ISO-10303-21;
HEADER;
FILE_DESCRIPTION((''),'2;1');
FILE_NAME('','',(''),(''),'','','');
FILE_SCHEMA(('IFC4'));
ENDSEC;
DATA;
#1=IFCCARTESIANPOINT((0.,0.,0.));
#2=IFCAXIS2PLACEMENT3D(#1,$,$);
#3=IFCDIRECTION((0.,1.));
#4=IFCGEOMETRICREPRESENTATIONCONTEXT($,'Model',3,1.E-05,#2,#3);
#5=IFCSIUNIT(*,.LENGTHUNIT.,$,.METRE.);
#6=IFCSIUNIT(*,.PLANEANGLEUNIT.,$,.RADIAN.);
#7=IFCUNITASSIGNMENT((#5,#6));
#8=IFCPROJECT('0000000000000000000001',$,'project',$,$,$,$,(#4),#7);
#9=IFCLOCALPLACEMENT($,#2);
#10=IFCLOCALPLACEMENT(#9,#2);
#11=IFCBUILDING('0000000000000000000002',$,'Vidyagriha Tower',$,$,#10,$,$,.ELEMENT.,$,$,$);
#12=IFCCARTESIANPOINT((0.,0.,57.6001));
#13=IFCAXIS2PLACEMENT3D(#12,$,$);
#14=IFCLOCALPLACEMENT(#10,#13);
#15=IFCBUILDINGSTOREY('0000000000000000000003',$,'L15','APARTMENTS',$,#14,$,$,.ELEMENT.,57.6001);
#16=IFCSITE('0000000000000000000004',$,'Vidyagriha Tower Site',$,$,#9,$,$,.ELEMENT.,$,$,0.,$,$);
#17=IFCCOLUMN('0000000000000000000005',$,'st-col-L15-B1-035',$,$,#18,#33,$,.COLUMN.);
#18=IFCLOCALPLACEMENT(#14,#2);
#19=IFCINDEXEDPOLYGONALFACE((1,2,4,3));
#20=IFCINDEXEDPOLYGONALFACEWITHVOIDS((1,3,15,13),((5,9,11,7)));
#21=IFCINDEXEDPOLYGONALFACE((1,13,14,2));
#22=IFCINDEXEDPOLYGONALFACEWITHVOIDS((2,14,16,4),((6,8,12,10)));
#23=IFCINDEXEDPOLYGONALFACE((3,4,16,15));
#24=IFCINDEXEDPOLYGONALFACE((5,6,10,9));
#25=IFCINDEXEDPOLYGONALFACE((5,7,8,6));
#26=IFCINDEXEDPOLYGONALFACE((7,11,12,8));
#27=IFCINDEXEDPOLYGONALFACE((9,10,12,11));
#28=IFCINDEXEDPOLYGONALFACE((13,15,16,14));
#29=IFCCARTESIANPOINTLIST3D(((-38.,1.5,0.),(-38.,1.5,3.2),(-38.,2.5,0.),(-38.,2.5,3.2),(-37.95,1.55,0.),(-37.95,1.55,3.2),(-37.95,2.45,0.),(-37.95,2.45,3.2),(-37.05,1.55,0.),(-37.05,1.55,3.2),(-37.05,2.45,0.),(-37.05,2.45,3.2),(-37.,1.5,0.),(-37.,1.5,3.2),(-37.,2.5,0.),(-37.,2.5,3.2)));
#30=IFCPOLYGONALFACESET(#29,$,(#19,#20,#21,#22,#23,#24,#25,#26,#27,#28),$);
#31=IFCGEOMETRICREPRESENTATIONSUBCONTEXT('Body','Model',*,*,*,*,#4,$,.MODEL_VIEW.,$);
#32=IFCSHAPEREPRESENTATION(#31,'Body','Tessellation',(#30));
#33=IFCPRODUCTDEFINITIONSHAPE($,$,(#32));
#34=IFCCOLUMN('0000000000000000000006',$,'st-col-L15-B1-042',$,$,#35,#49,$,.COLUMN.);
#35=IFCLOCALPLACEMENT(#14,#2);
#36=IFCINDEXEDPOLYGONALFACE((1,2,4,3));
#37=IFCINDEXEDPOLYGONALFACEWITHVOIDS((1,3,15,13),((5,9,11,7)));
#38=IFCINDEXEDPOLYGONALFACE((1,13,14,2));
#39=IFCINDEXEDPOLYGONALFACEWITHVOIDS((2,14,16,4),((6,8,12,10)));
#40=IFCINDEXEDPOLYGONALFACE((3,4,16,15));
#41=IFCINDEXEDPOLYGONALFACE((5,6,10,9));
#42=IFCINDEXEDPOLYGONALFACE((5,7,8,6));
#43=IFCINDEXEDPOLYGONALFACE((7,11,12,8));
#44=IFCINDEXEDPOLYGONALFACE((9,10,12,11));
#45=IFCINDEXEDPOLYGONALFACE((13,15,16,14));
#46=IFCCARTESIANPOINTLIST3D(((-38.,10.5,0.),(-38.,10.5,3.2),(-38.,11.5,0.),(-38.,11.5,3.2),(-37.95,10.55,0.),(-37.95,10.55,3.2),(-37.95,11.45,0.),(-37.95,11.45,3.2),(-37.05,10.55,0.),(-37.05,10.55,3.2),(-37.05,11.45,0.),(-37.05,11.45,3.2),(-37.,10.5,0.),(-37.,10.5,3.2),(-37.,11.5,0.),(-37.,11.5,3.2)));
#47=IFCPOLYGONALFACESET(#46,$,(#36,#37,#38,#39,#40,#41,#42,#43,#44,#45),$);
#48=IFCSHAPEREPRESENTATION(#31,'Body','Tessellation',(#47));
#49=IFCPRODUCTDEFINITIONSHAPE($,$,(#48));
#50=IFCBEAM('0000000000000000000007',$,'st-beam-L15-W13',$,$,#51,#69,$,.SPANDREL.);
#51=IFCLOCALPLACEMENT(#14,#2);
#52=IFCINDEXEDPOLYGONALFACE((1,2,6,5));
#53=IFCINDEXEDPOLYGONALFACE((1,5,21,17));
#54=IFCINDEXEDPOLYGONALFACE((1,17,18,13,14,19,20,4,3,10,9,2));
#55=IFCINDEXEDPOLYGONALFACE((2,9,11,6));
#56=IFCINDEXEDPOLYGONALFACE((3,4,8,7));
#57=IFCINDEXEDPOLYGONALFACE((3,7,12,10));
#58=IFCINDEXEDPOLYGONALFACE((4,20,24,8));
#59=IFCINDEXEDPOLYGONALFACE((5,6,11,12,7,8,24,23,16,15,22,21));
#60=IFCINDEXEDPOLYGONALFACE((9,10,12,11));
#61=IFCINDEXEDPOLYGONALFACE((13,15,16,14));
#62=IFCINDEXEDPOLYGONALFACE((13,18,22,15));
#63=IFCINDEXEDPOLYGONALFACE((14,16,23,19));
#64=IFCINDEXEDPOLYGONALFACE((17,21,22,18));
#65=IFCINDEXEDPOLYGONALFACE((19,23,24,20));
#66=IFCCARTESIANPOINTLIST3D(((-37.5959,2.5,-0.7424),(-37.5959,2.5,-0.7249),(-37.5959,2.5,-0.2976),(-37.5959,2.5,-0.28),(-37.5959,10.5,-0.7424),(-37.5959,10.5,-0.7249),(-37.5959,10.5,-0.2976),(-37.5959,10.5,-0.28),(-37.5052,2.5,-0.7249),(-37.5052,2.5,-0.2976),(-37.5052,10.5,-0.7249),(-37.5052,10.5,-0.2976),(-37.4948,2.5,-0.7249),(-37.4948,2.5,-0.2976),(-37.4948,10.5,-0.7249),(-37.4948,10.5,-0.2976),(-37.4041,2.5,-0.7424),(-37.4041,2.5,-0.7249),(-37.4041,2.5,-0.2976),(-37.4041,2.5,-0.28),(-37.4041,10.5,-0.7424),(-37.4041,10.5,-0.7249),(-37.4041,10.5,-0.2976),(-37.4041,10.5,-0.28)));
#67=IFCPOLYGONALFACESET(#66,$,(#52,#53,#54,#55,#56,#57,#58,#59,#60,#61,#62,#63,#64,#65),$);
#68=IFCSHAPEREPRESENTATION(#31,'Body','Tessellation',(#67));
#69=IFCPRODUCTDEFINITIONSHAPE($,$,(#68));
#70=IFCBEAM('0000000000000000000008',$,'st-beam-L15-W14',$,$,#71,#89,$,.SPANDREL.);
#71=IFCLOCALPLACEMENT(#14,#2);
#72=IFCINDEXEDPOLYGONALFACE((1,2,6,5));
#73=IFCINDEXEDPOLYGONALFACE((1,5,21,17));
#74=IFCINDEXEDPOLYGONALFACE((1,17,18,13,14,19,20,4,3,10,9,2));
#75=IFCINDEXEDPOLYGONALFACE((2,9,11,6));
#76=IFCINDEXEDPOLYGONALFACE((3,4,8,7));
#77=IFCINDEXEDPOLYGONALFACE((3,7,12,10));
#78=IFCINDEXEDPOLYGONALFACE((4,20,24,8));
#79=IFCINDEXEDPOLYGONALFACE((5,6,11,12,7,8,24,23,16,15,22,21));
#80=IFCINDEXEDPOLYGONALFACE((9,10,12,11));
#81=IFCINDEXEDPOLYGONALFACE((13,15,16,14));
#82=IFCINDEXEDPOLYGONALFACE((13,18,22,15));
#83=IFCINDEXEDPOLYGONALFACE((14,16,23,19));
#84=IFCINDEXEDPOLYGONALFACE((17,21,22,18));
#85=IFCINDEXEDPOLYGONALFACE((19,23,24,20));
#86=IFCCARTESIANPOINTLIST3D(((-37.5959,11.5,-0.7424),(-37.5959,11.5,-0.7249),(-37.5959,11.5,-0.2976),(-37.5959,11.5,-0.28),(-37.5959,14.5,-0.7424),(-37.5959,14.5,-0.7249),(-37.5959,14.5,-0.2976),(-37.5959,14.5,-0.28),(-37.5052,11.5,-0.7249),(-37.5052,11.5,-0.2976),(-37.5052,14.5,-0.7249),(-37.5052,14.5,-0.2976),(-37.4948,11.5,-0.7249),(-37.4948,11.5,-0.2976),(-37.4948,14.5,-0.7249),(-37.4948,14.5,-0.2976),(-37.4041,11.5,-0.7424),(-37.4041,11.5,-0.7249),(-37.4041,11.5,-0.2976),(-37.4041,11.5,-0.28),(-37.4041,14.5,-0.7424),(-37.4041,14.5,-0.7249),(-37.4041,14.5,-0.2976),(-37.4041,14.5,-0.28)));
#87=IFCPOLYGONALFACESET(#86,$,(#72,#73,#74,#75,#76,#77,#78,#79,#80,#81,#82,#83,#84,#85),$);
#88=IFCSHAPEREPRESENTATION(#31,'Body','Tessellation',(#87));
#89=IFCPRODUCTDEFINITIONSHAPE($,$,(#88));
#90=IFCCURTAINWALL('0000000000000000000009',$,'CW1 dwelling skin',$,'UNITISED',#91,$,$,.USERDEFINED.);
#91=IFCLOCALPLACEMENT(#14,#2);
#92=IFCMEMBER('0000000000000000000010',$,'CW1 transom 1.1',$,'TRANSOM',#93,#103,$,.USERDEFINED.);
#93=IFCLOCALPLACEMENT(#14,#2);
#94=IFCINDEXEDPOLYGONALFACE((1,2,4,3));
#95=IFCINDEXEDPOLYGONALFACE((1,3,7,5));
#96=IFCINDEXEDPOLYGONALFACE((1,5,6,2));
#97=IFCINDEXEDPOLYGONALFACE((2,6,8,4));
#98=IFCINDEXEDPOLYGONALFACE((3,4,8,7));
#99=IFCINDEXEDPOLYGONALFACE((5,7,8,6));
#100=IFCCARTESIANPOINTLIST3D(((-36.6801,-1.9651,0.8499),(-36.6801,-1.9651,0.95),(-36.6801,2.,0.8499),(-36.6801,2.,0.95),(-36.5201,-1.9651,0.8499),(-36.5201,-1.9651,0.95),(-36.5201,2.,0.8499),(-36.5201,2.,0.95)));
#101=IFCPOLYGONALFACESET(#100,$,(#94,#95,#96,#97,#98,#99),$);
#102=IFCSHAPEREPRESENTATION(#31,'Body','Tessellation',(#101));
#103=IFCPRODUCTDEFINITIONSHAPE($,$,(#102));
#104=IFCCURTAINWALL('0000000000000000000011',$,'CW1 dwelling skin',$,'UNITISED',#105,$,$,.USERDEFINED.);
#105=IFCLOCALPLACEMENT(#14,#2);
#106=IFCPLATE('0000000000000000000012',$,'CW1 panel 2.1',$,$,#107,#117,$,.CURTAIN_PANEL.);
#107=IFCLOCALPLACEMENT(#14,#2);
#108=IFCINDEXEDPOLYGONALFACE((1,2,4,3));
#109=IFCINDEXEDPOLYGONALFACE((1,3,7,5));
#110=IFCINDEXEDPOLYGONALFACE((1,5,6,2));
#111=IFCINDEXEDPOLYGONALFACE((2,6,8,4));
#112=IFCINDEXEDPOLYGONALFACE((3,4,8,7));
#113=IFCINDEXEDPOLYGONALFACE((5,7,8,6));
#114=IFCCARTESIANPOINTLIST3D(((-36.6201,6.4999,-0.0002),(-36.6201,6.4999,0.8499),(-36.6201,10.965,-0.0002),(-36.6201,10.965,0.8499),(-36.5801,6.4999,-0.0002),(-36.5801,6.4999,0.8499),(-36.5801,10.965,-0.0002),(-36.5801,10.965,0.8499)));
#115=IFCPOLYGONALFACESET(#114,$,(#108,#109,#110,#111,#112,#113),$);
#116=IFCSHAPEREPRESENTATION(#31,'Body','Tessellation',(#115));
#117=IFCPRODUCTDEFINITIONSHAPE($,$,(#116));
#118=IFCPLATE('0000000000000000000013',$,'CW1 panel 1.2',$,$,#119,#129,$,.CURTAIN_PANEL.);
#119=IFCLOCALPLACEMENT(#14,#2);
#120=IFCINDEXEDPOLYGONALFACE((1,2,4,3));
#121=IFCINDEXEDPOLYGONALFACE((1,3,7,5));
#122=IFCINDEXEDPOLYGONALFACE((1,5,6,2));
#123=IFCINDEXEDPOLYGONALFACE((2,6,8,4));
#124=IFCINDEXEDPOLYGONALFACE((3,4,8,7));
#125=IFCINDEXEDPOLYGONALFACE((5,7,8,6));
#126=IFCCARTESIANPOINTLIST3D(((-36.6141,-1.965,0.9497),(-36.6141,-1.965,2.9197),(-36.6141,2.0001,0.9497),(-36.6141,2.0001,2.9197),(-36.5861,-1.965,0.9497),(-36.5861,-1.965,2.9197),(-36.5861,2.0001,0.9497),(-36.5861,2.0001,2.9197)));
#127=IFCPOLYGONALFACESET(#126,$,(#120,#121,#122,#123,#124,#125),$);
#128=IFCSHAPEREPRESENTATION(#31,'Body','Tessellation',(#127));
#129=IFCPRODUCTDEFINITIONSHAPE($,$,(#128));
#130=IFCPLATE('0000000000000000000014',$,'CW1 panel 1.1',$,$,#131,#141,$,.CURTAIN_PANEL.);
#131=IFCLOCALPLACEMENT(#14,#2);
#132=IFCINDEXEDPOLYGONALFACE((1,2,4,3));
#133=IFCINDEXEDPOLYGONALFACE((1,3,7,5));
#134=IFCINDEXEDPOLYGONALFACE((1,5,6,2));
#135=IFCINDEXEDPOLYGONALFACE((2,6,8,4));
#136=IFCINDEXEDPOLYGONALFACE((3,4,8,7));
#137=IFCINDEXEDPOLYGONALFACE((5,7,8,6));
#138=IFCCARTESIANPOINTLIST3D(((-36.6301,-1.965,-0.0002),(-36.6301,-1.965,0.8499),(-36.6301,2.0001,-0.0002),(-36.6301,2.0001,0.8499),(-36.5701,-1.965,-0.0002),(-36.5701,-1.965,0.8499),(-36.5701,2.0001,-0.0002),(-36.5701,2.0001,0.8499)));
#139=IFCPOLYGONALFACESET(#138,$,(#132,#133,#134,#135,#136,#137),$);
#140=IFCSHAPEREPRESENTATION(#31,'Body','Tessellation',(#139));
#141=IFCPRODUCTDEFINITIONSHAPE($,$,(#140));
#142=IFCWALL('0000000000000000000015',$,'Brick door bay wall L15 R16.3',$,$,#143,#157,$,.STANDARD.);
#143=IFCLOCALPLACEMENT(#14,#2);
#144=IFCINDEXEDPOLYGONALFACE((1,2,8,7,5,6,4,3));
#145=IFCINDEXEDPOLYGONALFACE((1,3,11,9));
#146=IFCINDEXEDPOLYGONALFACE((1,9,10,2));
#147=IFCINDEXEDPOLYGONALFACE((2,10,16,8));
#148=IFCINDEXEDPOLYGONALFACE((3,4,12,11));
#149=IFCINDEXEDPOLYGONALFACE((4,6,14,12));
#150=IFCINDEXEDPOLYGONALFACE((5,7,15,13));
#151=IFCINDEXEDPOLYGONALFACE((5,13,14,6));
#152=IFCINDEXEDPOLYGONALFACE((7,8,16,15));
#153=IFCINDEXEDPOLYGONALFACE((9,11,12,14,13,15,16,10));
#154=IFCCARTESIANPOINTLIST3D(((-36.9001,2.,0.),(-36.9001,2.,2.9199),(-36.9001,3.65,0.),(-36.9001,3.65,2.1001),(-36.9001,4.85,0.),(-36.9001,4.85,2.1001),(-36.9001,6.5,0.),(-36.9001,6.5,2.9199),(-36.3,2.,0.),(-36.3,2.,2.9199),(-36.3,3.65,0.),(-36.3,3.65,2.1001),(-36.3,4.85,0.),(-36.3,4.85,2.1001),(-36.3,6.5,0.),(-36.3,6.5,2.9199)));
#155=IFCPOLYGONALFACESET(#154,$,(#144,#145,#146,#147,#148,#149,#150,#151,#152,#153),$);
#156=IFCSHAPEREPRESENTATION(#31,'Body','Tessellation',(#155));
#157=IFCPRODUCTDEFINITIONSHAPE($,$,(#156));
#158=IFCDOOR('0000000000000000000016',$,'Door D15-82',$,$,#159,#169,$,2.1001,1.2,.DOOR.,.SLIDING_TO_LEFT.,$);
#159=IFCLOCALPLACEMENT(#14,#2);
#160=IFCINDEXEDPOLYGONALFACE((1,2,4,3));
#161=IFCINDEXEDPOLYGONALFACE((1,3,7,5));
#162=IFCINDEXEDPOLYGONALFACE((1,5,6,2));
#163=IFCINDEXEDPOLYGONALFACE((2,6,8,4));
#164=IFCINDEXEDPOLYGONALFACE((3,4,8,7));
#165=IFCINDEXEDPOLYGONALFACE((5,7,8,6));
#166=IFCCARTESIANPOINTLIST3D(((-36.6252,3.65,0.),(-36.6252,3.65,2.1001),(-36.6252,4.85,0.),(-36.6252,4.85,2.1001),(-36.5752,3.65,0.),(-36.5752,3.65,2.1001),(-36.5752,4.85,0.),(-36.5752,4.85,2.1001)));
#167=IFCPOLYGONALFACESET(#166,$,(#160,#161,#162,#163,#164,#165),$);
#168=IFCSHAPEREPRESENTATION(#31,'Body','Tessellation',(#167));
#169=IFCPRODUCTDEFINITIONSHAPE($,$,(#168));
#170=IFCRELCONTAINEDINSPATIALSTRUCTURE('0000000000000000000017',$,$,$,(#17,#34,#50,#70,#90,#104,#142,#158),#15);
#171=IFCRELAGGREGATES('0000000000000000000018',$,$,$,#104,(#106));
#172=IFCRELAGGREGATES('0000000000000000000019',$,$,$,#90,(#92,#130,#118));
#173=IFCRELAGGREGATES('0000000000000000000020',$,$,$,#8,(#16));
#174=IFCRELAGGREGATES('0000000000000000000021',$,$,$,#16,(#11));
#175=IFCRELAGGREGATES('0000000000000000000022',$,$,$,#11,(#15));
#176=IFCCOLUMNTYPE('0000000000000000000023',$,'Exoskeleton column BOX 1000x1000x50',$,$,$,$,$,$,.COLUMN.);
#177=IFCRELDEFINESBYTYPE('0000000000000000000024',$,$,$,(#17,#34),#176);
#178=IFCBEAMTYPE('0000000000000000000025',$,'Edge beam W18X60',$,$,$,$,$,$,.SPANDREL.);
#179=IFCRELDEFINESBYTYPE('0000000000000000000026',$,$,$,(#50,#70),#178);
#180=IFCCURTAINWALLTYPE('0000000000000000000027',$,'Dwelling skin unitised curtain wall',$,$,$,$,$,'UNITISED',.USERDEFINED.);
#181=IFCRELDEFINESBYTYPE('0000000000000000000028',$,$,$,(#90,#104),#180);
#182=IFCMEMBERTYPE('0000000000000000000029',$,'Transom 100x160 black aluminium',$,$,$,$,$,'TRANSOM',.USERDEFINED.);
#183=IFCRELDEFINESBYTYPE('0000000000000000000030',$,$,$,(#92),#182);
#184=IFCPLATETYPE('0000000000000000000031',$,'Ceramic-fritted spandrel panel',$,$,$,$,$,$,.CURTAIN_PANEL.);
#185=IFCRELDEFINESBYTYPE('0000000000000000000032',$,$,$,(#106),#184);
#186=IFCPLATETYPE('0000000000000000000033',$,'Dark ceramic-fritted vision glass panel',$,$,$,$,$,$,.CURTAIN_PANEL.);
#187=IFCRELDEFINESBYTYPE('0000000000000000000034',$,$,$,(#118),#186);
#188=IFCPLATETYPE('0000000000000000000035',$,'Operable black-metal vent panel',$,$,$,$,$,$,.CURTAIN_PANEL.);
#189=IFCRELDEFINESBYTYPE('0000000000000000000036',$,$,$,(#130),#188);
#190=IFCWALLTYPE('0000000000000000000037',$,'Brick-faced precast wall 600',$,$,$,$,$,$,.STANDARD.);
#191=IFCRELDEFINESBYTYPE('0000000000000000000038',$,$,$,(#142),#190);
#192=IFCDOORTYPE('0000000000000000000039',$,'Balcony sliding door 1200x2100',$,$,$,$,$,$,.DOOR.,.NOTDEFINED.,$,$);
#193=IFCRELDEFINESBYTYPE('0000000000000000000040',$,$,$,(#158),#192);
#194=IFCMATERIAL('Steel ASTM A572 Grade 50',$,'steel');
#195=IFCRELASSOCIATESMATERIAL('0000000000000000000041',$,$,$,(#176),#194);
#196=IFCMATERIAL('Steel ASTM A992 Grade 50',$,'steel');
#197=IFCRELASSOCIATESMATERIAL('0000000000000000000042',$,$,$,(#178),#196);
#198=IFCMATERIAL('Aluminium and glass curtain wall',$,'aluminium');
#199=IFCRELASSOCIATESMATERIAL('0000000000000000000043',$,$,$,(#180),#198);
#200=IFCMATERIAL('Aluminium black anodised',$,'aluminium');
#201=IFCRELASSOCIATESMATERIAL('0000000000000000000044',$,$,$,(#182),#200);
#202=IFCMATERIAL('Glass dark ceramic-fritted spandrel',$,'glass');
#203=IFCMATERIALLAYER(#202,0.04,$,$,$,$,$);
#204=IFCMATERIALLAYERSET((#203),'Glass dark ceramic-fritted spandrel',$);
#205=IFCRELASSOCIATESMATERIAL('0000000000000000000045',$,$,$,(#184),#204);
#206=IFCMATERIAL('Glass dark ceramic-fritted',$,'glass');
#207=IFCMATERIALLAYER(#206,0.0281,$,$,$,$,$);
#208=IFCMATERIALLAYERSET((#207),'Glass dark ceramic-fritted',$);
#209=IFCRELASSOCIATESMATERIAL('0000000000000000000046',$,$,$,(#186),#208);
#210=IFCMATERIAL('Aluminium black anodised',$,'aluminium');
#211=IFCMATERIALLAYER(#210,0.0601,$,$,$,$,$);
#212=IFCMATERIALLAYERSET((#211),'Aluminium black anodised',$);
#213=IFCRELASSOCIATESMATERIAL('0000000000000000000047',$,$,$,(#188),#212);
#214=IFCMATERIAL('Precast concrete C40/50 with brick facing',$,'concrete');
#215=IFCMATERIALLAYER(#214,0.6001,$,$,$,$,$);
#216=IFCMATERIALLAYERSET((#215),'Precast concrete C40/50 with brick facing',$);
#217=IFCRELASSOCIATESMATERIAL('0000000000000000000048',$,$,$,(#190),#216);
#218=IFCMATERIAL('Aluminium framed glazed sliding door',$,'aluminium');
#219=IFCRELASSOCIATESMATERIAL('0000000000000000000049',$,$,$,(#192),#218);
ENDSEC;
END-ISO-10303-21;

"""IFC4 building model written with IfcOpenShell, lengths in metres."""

from ifc_helpers import new_model, si_unit, direction, frame, frame_2d, origin, origin_2d, place, context, subcontext, project, spatial, rectangle, hollow_rectangle, i_section, extrude, material, layer, layer_set, material_profile, profile_set, type_object, element, fill, aggregate, save


model = new_model("IFC4")

# Units and contexts
model_context = context("Model", 3, precision=1e-05, world=origin(), true_north=direction((0.0, 1.0)))
body_context = subcontext(model_context, "Body", "Model", "MODEL_VIEW")
ifc_project = project(units=[si_unit("LENGTHUNIT", "METRE"), si_unit("PLANEANGLEUNIT", "RADIAN")], contexts=[model_context])

# Site, building, storey
site_placement = place(None, origin())
site = spatial("IfcSite", under=ifc_project, at=site_placement, Name="Vidyagriha Tower Site", CompositionType="ELEMENT", RefElevation=0.0)
building_placement = place(site_placement, origin())
building = spatial("IfcBuilding", under=site, at=building_placement, Name="Vidyagriha Tower", CompositionType="ELEMENT")
storey_placement = place(building_placement, frame((0.0, 0.0, 57.6001)))
storey = spatial("IfcBuildingStorey", under=building, at=storey_placement, Name="L15", Description="APARTMENTS", CompositionType="ELEMENT", Elevation=57.6001)

# Columns
ifc_material_1 = material(Name="Steel ASTM A572 Grade 50", Category="steel")
ifc_material_profile_1 = material_profile(ifc_material_1, hollow_rectangle(XDim=1.0, YDim=1.0, WallThickness=0.05, at=origin_2d()), Name="BOX 1000x1000x50")
ifc_profile_set_1 = profile_set([ifc_material_profile_1], Name="Steel ASTM A572 Grade 50")
column_type = type_object("IfcColumnType", Name="Exoskeleton column BOX 1000x1000x50", PredefinedType="COLUMN", material=ifc_profile_set_1)
for number, where, name in (
    (1, (-37.5, 2.0, 0.0), "st-col-L15-B1-035"),
    (2, (-37.5, 11.0, 0.0), "st-col-L15-B1-042"),
):
    element("IfcColumn", number, at=place(storey_placement, frame(where)), inside=storey, type_object=column_type, Name=name, PredefinedType="COLUMN", context=body_context, shape_type="SweptSolid", body=[
        extrude(hollow_rectangle(XDim=1.0, YDim=1.0, WallThickness=0.05, at=origin_2d()), origin(), (0.0, 0.0, 1.0), 3.2),
    ])

# Beams
ifc_material_2 = material(Name="Steel ASTM A992 Grade 50", Category="steel")
ifc_material_profile_2 = material_profile(ifc_material_2, i_section(OverallWidth=0.1919, OverallDepth=0.4624, WebThickness=0.0105, FlangeThickness=0.0176, at=origin_2d()), Name="W18X60")
ifc_profile_set_2 = profile_set([ifc_material_profile_2], Name="Steel ASTM A992 Grade 50")
beam_type = type_object("IfcBeamType", Name="Edge beam W18X60", PredefinedType="SPANDREL", material=ifc_profile_set_2)
beam_1_placement = place(storey_placement, frame((-37.5, 2.5, -0.5112), z_axis=(0.0, 1.0, 0.0), x_axis=(-1.0, 0.0, 0.0)))
element("IfcBeam", 3, at=beam_1_placement, inside=storey, type_object=beam_type, Name="st-beam-L15-W13", PredefinedType="SPANDREL", context=body_context, shape_type="SweptSolid", body=[
    extrude(i_section(OverallWidth=0.1919, OverallDepth=0.4624, WebThickness=0.0105, FlangeThickness=0.0176, at=origin_2d()), origin(), (0.0, 0.0, 1.0), 8.0),
])
beam_2_placement = place(storey_placement, frame((-37.5, 11.5, -0.5112), z_axis=(0.0, 1.0, 0.0), x_axis=(-1.0, 0.0, 0.0)))
element("IfcBeam", 4, at=beam_2_placement, inside=storey, type_object=beam_type, Name="st-beam-L15-W14", PredefinedType="SPANDREL", context=body_context, shape_type="SweptSolid", body=[
    extrude(i_section(OverallWidth=0.1919, OverallDepth=0.4624, WebThickness=0.0105, FlangeThickness=0.0176, at=origin_2d()), origin(), (0.0, 0.0, 1.0), 3.0),
])

# Curtain wall, member
ifc_material_3 = material(Name="Aluminium and glass curtain wall", Category="aluminium")
curtain_wall_type = type_object("IfcCurtainWallType", Name="Dwelling skin unitised curtain wall", ElementType="UNITISED", PredefinedType="USERDEFINED", material=ifc_material_3)
curtain_wall_1_placement = place(storey_placement, origin())
curtain_wall_1 = element("IfcCurtainWall", 5, at=curtain_wall_1_placement, inside=storey, type_object=curtain_wall_type, Name="CW1 dwelling skin", ObjectType="UNITISED", PredefinedType="USERDEFINED")
ifc_material_4 = material(Name="Aluminium black anodised", Category="aluminium")
ifc_material_profile_3 = material_profile(ifc_material_4, rectangle(XDim=0.1599, YDim=0.1001, at=origin_2d()), Name="Transom 100x160 black aluminium")
ifc_profile_set_3 = profile_set([ifc_material_profile_3], Name="Aluminium black anodised")
member_type = type_object("IfcMemberType", Name="Transom 100x160 black aluminium", ElementType="TRANSOM", PredefinedType="USERDEFINED", material=ifc_profile_set_3)
member_placement = place(storey_placement, frame((-36.6001, 2.0, 0.8999), z_axis=(0.0, -1.0, 0.0), x_axis=(1.0, 0.0, 0.0)))
member = element("IfcMember", 6, at=member_placement, type_object=member_type, Name="CW1 transom 1.1", ObjectType="TRANSOM", PredefinedType="USERDEFINED", context=body_context, shape_type="SweptSolid", body=[
    extrude(rectangle(XDim=0.1599, YDim=0.1001, at=origin_2d()), origin(), (0.0, 0.0, 1.0), 3.9651),
])

# Curtain wall, plate
curtain_wall_2_placement = place(storey_placement, origin())
curtain_wall_2 = element("IfcCurtainWall", 7, at=curtain_wall_2_placement, inside=storey, type_object=curtain_wall_type, Name="CW1 dwelling skin", ObjectType="UNITISED", PredefinedType="USERDEFINED")
ifc_material_5 = material(Name="Glass dark ceramic-fritted spandrel", Category="glass")
ifc_layer_1 = layer(ifc_material_5, 0.04)
ifc_layer_set_1 = layer_set([ifc_layer_1], Name="Glass dark ceramic-fritted spandrel")
plate_type_1 = type_object("IfcPlateType", Name="Ceramic-fritted spandrel panel", PredefinedType="CURTAIN_PANEL", material=ifc_layer_set_1)
plate_1_placement = place(storey_placement, frame((-36.6001, 8.7324, -0.0002), z_axis=(0.0, 0.0, 1.0), x_axis=(0.0, -1.0, 0.0)))
plate_1 = element("IfcPlate", 8, at=plate_1_placement, type_object=plate_type_1, Name="CW1 panel 2.1", PredefinedType="CURTAIN_PANEL", context=body_context, shape_type="SweptSolid", body=[
    extrude(rectangle(XDim=4.4651, YDim=0.04, at=origin_2d()), origin(), (0.0, 0.0, 1.0), 0.8501),
])
aggregate(curtain_wall_2, [plate_1])

# Plates
ifc_material_6 = material(Name="Glass dark ceramic-fritted", Category="glass")
ifc_layer_2 = layer(ifc_material_6, 0.0281)
ifc_layer_set_2 = layer_set([ifc_layer_2], Name="Glass dark ceramic-fritted")
plate_type_2 = type_object("IfcPlateType", Name="Dark ceramic-fritted vision glass panel", PredefinedType="CURTAIN_PANEL", material=ifc_layer_set_2)
plate_2_placement = place(storey_placement, frame((-36.6001, 0.0176, 0.9497), z_axis=(0.0, 0.0, 1.0), x_axis=(0.0, -1.0, 0.0)))
plate_2 = element("IfcPlate", 9, at=plate_2_placement, type_object=plate_type_2, Name="CW1 panel 1.2", PredefinedType="CURTAIN_PANEL", context=body_context, shape_type="SweptSolid", body=[
    extrude(rectangle(XDim=3.9651, YDim=0.0281, at=origin_2d()), origin(), (0.0, 0.0, 1.0), 1.97),
])
ifc_material_7 = material(Name="Aluminium black anodised", Category="aluminium")
ifc_layer_3 = layer(ifc_material_7, 0.0601)
ifc_layer_set_3 = layer_set([ifc_layer_3], Name="Aluminium black anodised")
plate_type_3 = type_object("IfcPlateType", Name="Operable black-metal vent panel", PredefinedType="CURTAIN_PANEL", material=ifc_layer_set_3)
plate_3_placement = place(storey_placement, frame((-36.6001, 0.0176, -0.0002), z_axis=(0.0, 0.0, 1.0), x_axis=(0.0, -1.0, 0.0)))
plate_3 = element("IfcPlate", 10, at=plate_3_placement, type_object=plate_type_3, Name="CW1 panel 1.1", PredefinedType="CURTAIN_PANEL", context=body_context, shape_type="SweptSolid", body=[
    extrude(rectangle(XDim=3.9651, YDim=0.0601, at=origin_2d()), origin(), (0.0, 0.0, 1.0), 0.8501),
])
aggregate(curtain_wall_1, [member, plate_3, plate_2])

# Wall, opening, door
ifc_material_8 = material(Name="Precast concrete C40/50 with brick facing", Category="concrete")
ifc_layer_4 = layer(ifc_material_8, 0.6001)
ifc_layer_set_4 = layer_set([ifc_layer_4], Name="Precast concrete C40/50 with brick facing")
wall_type = type_object("IfcWallType", Name="Brick-faced precast wall 600", PredefinedType="STANDARD", material=ifc_layer_set_4)
wall_placement = place(storey_placement, frame((-36.6001, 6.5, 0.0), z_axis=(0.0, 0.0, 1.0), x_axis=(0.0, -1.0, 0.0)))
wall = element("IfcWall", 11, at=wall_placement, inside=storey, type_object=wall_type, Name="Brick door bay wall L15 R16.3", PredefinedType="STANDARD", context=body_context, shape_type="SweptSolid", body=[
    extrude(rectangle(XDim=4.5, YDim=0.6001, at=frame_2d((2.25, 0.0))), origin(), (0.0, 0.0, 1.0), 2.9199),
])
opening_placement = place(wall_placement, frame((1.6499, 0.0, 0.0)))
opening = element("IfcOpeningElement", 12, at=opening_placement, cuts=wall, PredefinedType="OPENING", context=body_context, shape_type="SweptSolid", body=[
    extrude(rectangle(XDim=1.2, YDim=2.1001, at=frame_2d((0.6001, 1.05))), frame((0.0, 0.3101, 0.0), z_axis=(0.0, -1.0, 0.0), x_axis=(1.0, 0.0, 0.0)), (0.0, 0.0, 1.0), 0.6201),
])
ifc_material_9 = material(Name="Aluminium framed glazed sliding door", Category="aluminium")
door_type = type_object("IfcDoorType", Name="Balcony sliding door 1200x2100", OperationType="NOTDEFINED", PredefinedType="DOOR", material=ifc_material_9)
door_placement = place(opening_placement, origin())
door = element("IfcDoor", 13, at=door_placement, inside=storey, type_object=door_type, Name="Door D15-82", OperationType="SLIDING_TO_LEFT", OverallHeight=2.1001, OverallWidth=1.2, PredefinedType="DOOR", context=body_context, shape_type="SweptSolid", body=[
    extrude(rectangle(XDim=1.2, YDim=2.1001, at=frame_2d((0.6001, 1.05))), frame((0.0, 0.0249, 0.0), z_axis=(0.0, -1.0, 0.0), x_axis=(1.0, 0.0, 0.0)), (0.0, 0.0, 1.0), 0.05),
])
fill(opening, door)

save(model, "model.ifc")
